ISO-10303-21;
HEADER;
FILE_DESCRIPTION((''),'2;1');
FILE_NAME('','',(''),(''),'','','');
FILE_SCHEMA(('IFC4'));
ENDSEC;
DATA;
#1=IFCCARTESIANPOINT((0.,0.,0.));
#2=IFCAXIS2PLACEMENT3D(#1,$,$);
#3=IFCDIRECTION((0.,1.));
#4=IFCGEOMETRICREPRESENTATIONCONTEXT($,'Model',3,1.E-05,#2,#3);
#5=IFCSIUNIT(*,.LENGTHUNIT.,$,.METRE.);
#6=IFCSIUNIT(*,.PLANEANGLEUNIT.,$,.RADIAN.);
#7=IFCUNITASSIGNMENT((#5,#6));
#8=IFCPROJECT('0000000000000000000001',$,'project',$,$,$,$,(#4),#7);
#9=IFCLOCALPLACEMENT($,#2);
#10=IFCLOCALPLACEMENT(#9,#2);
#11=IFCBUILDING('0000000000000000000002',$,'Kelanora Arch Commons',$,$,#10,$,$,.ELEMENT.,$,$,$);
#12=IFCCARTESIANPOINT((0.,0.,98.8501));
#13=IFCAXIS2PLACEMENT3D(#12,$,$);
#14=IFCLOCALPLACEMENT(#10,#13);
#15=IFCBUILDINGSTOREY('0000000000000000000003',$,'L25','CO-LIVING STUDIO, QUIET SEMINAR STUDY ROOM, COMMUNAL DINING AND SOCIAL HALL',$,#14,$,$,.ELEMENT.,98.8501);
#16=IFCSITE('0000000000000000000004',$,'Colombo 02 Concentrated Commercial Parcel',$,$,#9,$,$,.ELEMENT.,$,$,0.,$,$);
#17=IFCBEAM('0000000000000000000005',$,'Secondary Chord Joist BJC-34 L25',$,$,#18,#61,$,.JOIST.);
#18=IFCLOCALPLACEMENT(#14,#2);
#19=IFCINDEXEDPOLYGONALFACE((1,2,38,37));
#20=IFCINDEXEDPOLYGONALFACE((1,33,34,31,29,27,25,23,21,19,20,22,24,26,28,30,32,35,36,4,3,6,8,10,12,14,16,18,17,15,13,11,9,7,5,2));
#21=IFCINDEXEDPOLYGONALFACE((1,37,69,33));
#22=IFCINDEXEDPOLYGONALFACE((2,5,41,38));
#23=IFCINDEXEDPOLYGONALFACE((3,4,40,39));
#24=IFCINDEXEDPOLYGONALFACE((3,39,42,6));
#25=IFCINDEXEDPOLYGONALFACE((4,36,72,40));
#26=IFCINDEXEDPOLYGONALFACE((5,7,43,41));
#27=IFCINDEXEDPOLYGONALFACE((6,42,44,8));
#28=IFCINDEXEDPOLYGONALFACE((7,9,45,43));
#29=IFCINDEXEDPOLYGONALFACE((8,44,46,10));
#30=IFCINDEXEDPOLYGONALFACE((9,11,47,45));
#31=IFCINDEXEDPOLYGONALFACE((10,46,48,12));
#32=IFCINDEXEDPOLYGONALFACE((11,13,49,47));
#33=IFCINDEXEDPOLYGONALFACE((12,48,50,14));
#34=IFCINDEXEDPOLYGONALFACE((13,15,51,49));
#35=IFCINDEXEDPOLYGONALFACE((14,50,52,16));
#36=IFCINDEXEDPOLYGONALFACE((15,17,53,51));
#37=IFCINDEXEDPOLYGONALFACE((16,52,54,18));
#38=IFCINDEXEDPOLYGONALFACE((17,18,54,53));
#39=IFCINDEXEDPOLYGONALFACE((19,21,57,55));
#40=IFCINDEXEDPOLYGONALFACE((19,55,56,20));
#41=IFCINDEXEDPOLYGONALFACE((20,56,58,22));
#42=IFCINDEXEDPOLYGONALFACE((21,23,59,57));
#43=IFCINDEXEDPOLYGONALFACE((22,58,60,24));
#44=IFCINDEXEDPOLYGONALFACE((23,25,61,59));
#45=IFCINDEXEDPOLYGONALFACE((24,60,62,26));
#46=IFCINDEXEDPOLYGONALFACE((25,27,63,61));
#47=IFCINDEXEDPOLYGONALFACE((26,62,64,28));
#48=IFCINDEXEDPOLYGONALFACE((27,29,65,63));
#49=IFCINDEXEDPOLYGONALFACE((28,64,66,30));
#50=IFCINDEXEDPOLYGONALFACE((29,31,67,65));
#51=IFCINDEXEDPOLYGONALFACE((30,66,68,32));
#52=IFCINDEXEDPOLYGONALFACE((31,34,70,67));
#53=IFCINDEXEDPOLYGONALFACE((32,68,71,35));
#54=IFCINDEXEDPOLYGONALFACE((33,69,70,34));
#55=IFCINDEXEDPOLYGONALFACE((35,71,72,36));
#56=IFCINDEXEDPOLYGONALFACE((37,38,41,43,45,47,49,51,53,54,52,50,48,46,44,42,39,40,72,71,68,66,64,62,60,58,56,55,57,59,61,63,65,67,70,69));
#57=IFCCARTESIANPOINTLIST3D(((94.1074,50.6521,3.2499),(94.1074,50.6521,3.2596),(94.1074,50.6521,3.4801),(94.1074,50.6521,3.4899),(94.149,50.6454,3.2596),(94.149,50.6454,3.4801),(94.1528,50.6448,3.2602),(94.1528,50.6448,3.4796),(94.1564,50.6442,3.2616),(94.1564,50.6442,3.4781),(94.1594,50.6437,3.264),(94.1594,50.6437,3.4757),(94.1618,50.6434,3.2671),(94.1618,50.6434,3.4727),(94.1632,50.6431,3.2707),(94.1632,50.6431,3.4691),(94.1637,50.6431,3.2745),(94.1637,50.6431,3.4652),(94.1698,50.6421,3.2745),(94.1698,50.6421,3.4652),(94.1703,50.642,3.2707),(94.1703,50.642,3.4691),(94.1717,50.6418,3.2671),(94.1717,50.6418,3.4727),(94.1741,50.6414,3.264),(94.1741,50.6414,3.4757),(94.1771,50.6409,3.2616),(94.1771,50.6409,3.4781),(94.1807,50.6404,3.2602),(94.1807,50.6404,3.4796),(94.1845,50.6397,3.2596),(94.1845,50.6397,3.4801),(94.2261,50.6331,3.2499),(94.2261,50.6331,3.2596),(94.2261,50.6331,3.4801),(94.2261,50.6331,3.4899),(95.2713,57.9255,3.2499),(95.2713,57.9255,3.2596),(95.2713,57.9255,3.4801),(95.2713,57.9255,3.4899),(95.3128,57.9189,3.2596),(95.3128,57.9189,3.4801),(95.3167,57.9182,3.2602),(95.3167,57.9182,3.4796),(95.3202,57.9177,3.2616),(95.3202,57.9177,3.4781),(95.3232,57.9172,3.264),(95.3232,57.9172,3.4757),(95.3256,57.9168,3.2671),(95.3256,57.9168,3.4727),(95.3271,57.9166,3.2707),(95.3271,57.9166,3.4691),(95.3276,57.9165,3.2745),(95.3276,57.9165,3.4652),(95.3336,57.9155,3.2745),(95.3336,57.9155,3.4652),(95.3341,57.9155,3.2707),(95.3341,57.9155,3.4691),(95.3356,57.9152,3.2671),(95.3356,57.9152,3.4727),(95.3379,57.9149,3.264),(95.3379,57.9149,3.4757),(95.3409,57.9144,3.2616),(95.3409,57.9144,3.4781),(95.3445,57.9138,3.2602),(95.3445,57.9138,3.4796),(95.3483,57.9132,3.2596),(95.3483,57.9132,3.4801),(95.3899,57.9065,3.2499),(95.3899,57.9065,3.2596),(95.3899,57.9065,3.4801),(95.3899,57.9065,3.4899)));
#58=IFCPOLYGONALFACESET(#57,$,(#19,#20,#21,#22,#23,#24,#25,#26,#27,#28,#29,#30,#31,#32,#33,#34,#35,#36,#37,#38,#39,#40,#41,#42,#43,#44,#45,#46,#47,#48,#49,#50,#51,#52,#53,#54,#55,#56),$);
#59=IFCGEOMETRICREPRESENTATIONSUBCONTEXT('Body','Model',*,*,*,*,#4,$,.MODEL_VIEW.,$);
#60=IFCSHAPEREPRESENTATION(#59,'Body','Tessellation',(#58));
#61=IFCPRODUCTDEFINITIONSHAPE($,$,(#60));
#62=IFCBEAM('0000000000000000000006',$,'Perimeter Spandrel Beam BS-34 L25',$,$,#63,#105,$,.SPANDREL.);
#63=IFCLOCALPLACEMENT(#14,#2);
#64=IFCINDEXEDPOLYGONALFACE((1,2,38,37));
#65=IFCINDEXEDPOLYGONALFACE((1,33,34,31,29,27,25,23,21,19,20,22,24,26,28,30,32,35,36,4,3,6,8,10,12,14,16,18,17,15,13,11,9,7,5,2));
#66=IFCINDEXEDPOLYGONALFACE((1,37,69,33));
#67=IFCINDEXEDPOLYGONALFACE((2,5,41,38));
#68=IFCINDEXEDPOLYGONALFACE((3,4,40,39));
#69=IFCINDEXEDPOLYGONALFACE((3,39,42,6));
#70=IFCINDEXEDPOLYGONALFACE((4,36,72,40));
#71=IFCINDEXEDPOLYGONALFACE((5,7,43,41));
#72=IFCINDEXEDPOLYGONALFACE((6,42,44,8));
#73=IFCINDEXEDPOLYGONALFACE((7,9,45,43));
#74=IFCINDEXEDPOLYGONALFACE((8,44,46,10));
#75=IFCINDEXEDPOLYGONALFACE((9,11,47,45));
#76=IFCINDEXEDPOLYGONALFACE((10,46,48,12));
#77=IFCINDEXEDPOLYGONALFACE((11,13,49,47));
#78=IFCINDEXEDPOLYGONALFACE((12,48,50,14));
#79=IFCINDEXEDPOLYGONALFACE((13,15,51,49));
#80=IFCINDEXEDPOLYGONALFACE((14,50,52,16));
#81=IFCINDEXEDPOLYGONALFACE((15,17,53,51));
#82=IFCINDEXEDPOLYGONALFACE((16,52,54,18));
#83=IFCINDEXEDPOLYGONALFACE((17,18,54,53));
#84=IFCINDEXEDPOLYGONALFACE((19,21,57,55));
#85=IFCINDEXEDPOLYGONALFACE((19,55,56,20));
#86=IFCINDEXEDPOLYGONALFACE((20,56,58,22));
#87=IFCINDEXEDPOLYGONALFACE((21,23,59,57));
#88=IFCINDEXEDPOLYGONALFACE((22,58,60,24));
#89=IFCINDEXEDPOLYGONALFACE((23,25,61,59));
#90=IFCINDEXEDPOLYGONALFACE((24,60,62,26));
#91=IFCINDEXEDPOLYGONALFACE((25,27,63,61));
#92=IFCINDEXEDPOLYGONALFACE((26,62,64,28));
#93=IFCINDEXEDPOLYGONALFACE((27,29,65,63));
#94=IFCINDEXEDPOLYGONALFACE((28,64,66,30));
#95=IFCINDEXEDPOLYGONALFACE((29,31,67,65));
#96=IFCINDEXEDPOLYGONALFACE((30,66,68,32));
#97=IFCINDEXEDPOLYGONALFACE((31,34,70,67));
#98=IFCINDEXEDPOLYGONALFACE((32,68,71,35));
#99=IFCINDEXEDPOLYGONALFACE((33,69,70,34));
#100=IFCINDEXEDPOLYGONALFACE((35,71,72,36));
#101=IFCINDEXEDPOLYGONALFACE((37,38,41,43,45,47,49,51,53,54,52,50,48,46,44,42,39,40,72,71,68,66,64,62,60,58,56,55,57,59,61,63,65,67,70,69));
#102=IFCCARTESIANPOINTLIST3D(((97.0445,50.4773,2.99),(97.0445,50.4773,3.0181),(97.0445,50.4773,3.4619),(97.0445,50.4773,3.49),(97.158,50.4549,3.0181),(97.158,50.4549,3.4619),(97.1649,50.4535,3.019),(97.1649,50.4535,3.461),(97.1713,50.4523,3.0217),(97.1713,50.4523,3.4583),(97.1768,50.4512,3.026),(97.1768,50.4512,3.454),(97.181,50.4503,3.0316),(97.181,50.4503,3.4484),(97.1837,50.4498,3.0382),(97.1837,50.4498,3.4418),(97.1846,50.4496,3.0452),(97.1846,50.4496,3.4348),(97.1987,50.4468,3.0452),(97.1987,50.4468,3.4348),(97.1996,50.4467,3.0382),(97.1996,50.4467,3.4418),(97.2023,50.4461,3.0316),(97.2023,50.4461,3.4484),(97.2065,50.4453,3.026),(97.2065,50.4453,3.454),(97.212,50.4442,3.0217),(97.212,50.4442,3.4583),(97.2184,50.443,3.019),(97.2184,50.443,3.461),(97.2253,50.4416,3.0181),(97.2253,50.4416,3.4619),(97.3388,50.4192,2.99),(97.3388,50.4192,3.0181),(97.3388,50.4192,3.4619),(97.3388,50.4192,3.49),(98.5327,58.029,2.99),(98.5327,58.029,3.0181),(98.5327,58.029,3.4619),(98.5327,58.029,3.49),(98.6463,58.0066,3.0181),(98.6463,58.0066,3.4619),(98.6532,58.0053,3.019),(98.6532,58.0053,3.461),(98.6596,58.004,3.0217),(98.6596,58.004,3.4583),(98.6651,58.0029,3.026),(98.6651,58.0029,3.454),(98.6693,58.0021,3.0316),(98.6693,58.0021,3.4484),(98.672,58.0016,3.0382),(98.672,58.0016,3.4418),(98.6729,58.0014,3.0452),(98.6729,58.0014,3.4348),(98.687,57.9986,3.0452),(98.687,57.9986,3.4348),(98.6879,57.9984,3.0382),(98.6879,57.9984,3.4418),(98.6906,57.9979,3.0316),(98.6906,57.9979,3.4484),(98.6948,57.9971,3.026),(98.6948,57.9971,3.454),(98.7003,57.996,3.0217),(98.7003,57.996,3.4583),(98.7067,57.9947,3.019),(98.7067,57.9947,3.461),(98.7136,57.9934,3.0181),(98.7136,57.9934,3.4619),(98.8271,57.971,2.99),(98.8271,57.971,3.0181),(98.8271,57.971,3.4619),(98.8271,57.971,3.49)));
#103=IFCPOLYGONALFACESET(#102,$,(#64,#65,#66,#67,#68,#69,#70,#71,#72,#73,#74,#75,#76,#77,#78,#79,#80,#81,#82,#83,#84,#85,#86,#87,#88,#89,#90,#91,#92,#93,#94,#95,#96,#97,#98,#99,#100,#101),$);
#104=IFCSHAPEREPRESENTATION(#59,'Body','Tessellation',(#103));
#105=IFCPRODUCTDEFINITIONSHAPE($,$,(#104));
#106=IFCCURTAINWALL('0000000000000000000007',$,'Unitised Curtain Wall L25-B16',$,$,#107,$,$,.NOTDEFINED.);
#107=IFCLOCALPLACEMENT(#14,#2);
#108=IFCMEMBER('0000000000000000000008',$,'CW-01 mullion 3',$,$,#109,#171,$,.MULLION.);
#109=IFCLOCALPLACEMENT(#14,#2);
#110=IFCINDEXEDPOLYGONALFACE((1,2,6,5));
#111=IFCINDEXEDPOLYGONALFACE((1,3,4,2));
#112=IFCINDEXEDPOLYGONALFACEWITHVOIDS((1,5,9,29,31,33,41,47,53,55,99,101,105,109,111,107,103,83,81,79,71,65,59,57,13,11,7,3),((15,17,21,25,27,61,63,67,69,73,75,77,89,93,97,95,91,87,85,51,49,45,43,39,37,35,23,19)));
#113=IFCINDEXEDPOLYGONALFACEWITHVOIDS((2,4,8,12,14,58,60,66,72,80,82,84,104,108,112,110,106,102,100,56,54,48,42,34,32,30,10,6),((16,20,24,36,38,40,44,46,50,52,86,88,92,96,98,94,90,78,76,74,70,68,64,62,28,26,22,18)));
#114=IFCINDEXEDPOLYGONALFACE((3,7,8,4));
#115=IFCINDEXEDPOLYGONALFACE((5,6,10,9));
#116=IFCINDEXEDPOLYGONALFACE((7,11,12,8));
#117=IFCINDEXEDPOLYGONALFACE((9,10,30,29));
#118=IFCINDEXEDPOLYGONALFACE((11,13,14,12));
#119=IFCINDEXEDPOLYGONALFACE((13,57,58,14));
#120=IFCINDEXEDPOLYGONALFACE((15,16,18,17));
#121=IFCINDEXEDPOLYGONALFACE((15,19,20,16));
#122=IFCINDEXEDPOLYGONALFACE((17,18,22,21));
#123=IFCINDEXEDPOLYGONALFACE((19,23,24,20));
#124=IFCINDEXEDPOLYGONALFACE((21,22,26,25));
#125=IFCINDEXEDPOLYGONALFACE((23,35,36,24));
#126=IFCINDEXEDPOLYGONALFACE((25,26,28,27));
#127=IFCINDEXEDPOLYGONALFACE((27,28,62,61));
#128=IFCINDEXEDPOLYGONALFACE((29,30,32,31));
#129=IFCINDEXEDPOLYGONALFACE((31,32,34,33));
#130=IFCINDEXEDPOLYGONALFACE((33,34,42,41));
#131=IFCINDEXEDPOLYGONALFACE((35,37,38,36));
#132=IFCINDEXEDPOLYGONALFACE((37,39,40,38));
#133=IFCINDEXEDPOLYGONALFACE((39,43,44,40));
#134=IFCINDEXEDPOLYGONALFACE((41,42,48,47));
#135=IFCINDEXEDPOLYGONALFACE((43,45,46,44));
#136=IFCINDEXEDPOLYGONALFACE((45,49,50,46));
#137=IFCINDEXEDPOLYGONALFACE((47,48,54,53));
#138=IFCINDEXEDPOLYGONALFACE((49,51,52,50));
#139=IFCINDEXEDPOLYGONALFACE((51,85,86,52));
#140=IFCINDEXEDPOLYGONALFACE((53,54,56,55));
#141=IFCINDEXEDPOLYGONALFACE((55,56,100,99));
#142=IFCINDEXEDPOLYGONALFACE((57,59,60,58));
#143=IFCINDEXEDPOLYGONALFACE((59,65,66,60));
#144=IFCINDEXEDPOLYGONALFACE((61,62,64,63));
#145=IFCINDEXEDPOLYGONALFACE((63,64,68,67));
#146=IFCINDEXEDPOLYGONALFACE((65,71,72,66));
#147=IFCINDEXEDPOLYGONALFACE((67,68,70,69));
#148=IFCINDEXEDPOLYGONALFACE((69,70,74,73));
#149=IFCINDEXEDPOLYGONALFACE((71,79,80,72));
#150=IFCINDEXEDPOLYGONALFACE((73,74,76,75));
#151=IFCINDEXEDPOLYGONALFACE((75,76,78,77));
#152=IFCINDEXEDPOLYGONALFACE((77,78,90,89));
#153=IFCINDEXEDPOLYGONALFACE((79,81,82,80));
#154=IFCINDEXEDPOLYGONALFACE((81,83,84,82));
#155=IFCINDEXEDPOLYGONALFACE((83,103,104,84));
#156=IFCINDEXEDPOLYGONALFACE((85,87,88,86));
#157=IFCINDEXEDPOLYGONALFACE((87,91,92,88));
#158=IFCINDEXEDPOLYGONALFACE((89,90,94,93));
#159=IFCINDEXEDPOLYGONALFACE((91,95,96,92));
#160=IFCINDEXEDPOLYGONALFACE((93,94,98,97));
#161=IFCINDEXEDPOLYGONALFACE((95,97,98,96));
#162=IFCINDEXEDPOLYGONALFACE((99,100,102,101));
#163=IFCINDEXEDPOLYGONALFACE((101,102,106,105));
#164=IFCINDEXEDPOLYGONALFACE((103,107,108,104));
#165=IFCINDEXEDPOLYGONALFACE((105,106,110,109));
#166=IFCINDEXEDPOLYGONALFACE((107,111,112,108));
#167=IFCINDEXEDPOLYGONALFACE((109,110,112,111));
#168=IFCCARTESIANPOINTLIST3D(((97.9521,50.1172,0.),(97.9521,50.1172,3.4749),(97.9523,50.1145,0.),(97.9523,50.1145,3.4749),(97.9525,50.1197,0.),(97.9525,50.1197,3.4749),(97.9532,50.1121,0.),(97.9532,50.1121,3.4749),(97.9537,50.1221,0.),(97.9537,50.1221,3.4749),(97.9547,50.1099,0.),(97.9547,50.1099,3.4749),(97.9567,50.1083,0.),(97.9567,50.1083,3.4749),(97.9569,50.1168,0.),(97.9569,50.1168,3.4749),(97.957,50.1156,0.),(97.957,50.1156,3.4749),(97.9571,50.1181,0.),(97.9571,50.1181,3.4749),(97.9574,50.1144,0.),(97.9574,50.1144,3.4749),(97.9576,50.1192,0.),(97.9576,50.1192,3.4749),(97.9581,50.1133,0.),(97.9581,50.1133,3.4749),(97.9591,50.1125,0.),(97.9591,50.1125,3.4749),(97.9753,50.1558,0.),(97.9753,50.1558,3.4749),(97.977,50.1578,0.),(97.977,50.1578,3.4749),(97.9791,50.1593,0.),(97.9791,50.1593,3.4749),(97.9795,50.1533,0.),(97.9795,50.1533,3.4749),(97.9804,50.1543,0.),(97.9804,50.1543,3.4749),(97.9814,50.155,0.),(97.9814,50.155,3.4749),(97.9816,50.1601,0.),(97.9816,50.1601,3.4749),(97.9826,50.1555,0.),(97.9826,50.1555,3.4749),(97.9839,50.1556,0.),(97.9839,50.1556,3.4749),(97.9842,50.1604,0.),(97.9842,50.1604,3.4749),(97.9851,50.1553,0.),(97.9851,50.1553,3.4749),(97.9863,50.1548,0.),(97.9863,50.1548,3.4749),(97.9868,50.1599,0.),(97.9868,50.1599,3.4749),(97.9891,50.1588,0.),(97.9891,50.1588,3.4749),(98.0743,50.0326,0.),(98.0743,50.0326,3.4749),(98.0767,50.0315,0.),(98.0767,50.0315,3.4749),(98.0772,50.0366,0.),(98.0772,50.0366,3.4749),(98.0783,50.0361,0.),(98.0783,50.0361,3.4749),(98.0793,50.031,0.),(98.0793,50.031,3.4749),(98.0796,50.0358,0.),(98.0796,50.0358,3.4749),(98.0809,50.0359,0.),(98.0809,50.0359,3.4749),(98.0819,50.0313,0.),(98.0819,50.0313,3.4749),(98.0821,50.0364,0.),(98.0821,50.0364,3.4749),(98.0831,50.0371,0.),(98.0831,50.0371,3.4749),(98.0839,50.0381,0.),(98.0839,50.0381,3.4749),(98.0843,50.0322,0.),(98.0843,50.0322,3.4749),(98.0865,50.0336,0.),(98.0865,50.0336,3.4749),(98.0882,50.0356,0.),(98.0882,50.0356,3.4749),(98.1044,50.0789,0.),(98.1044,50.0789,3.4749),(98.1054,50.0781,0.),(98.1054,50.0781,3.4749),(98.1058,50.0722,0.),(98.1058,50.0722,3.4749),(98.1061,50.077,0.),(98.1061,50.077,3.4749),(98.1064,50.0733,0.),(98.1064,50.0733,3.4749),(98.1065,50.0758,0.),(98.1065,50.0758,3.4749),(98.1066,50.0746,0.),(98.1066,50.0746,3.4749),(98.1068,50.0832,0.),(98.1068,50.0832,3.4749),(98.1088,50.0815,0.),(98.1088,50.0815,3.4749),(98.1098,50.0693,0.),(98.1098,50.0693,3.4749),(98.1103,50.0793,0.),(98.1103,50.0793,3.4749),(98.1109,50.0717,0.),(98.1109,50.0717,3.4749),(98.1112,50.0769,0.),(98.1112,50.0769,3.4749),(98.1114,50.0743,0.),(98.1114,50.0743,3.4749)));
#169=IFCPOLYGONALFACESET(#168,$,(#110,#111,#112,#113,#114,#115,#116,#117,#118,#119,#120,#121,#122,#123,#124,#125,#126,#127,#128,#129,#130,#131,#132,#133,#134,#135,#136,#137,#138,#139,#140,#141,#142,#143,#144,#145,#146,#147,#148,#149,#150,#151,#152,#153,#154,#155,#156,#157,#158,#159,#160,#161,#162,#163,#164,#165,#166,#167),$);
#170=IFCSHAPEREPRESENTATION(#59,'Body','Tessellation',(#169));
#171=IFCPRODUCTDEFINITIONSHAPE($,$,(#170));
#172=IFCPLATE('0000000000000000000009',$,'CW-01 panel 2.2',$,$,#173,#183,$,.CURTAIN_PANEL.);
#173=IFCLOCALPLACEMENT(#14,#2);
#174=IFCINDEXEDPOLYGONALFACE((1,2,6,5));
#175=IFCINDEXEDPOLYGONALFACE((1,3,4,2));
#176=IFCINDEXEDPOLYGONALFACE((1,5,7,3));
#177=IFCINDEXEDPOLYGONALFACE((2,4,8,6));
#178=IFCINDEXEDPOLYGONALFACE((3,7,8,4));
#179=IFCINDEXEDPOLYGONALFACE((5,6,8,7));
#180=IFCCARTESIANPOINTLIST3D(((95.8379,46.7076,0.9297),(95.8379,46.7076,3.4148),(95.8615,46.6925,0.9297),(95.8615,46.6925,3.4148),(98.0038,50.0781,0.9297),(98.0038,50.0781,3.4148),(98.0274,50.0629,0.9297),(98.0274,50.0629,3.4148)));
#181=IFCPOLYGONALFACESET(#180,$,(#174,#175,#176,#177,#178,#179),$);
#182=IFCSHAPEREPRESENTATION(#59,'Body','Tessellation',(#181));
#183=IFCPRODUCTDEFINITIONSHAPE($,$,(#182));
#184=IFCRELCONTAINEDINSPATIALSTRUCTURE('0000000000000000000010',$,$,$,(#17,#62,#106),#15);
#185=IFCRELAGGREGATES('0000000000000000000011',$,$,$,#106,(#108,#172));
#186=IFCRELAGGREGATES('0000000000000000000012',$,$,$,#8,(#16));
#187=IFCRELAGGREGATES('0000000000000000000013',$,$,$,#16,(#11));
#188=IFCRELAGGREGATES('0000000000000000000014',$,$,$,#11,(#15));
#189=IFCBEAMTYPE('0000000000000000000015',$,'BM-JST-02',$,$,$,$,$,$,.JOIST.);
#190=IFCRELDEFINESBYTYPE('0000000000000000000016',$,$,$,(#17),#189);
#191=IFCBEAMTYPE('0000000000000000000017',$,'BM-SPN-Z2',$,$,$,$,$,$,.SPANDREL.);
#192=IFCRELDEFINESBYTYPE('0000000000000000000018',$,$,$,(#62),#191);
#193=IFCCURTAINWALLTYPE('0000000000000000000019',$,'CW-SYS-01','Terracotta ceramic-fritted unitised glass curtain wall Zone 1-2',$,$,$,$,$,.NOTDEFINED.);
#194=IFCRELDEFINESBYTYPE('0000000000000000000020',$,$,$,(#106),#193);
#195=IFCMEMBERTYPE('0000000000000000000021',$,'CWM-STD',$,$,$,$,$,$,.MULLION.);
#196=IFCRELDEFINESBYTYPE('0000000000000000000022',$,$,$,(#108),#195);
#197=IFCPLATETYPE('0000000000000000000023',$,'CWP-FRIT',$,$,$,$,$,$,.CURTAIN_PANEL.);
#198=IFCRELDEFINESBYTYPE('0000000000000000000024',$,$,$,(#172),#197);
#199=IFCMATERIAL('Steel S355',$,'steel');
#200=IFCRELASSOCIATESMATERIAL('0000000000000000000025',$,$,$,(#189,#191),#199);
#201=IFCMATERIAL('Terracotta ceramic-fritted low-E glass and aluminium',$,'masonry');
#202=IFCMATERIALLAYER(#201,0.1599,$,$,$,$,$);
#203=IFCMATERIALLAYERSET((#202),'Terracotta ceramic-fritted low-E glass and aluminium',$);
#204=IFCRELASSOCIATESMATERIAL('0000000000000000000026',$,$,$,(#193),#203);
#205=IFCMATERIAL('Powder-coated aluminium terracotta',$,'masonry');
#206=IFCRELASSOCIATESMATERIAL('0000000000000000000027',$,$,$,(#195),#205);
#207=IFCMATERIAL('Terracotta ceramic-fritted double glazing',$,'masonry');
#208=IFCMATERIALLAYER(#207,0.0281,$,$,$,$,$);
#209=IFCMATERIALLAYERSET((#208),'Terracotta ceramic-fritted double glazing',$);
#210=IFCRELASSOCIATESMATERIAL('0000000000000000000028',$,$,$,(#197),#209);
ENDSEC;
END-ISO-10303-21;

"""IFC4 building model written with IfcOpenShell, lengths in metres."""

from ifc_helpers import new_model, si_unit, direction, frame, origin, origin_2d, place, context, subcontext, project, spatial, rectangle, hollow_rectangle, i_section, extrude, source, transform, mapped, material, layer, layer_set, material_profile, profile_set, type_object, element, aggregate, save


model = new_model("IFC4")

# Units and contexts
model_context = context("Model", 3, precision=1e-05, world=origin(), true_north=direction((0.0, 1.0)))
body_context = subcontext(model_context, "Body", "Model", "MODEL_VIEW")
ifc_project = project(units=[si_unit("LENGTHUNIT", "METRE"), si_unit("PLANEANGLEUNIT", "RADIAN")], contexts=[model_context])

# Site, building, storey
site_placement = place(None, origin())
site = spatial("IfcSite", under=ifc_project, at=site_placement, Name="Colombo 02 Concentrated Commercial Parcel", CompositionType="ELEMENT", RefElevation=0.0)
building_placement = place(site_placement, origin())
building = spatial("IfcBuilding", under=site, at=building_placement, Name="Kelanora Arch Commons", CompositionType="ELEMENT")
storey_placement = place(building_placement, frame((0.0, 0.0, 98.8501)))
storey = spatial("IfcBuildingStorey", under=building, at=storey_placement, Name="L25", Description="CO-LIVING STUDIO, QUIET SEMINAR STUDY ROOM, COMMUNAL DINING AND SOCIAL HALL", CompositionType="ELEMENT", Elevation=98.8501)

# Beams
ifc_material_1 = material(Name="Steel S355", Category="steel")
ifc_material_profile_1 = material_profile(ifc_material_1, i_section(OverallWidth=0.1201, OverallDepth=0.24, WebThickness=0.0061, FlangeThickness=0.0098, FilletRadius=0.0149, at=origin_2d()), Name="IPE240")
ifc_profile_set_1 = profile_set([ifc_material_profile_1], Name="Steel S355")
beam_type_1 = type_object("IfcBeamType", Name="BM-JST-02", PredefinedType="JOIST", material=ifc_profile_set_1)
beam_1_placement = place(storey_placement, frame((94.1667, 50.6426, 3.3699), z_axis=(0.158, 0.987439, 0.0), x_axis=(-0.987439, 0.158, 0.0)))
element("IfcBeam", 1, at=beam_1_placement, inside=storey, type_object=beam_type_1, Name="Secondary Chord Joist BJC-34 L25", PredefinedType="JOIST", context=body_context, shape_type="SweptSolid", body=[
    extrude(i_section(OverallWidth=0.1201, OverallDepth=0.24, WebThickness=0.0061, FlangeThickness=0.0098, FilletRadius=0.0149, at=origin_2d()), origin(), (0.0, 0.0, 1.0), 7.366),
])
ifc_material_profile_2 = material_profile(ifc_material_1, i_section(OverallWidth=0.3, OverallDepth=0.5, WebThickness=0.0144, FlangeThickness=0.0281, FilletRadius=0.0271, at=origin_2d()), Name="HEB500")
ifc_profile_set_2 = profile_set([ifc_material_profile_2], Name="Steel S355")
beam_type_2 = type_object("IfcBeamType", Name="BM-SPN-Z2", PredefinedType="SPANDREL", material=ifc_profile_set_2)
beam_2_placement = place(storey_placement, frame((97.1917, 50.4482, 3.24), z_axis=(0.193358, 0.981128, 0.0), x_axis=(-0.981128, 0.193358, 0.0)))
element("IfcBeam", 2, at=beam_2_placement, inside=storey, type_object=beam_type_2, Name="Perimeter Spandrel Beam BS-34 L25", PredefinedType="SPANDREL", context=body_context, shape_type="SweptSolid", body=[
    extrude(i_section(OverallWidth=0.3, OverallDepth=0.5, WebThickness=0.0144, FlangeThickness=0.0281, FilletRadius=0.0271, at=origin_2d()), origin(), (0.0, 0.0, 1.0), 7.697),
])

# Curtain wall, member, plate
ifc_material_2 = material(Name="Terracotta ceramic-fritted low-E glass and aluminium", Category="masonry")
ifc_layer_1 = layer(ifc_material_2, 0.1599)
ifc_layer_set_1 = layer_set([ifc_layer_1], Name="Terracotta ceramic-fritted low-E glass and aluminium")
curtain_wall_type = type_object("IfcCurtainWallType", Name="CW-SYS-01", Description="Terracotta ceramic-fritted unitised glass curtain wall Zone 1-2", PredefinedType="NOTDEFINED", material=ifc_layer_set_1)
curtain_wall_placement = place(storey_placement, origin())
curtain_wall = element("IfcCurtainWall", 3, at=curtain_wall_placement, inside=storey, type_object=curtain_wall_type, Name="Unitised Curtain Wall L25-B16", PredefinedType="NOTDEFINED")
ifc_material_3 = material(Name="Powder-coated aluminium terracotta", Category="masonry")
ifc_material_profile_3 = material_profile(ifc_material_3, hollow_rectangle(XDim=0.1599, YDim=0.0601, WallThickness=0.0049, InnerFilletRadius=0.0049, OuterFilletRadius=0.01, at=origin_2d()), Name="CWM160x60")
ifc_profile_set_3 = profile_set([ifc_material_profile_3], Name="Powder-coated aluminium terracotta")
member_type = type_object("IfcMemberType", Name="CWM-STD", PredefinedType="MULLION", material=ifc_profile_set_3)
member_placement = place(storey_placement, frame((98.0317, 50.0957, 0.0), z_axis=(0.0, 0.0, 1.0), x_axis=(-0.841269, 0.540617, 0.0)))
member = element("IfcMember", 4, at=member_placement, type_object=member_type, Name="CW-01 mullion 3", PredefinedType="MULLION", context=body_context, shape_type="SweptSolid", body=[
    extrude(hollow_rectangle(XDim=0.1599, YDim=0.0601, WallThickness=0.0049, InnerFilletRadius=0.0049, OuterFilletRadius=0.01, at=origin_2d()), origin(), (0.0, 0.0, 1.0), 3.4749),
])
ifc_material_4 = material(Name="Terracotta ceramic-fritted double glazing", Category="masonry")
ifc_layer_2 = layer(ifc_material_4, 0.0281)
ifc_layer_set_2 = layer_set([ifc_layer_2], Name="Terracotta ceramic-fritted double glazing")
plate_type = type_object("IfcPlateType", Name="CWP-FRIT", PredefinedType="CURTAIN_PANEL", material=ifc_layer_set_2)
shared_shape_1 = source(origin(), body_context, "Body", "SweptSolid", [
    extrude(rectangle(XDim=4.0063, YDim=0.0281, at=origin_2d()), origin(), (0.0, 0.0, 1.0), 2.4851),
])
plate_placement = place(storey_placement, frame((96.9326, 48.3853, 0.9297), z_axis=(0.0, 0.0, 1.0), x_axis=(0.540617, 0.841269, 0.0)))
plate = element("IfcPlate", 5, at=plate_placement, type_object=plate_type, Name="CW-01 panel 2.2", PredefinedType="CURTAIN_PANEL", context=body_context, shape_type="MappedRepresentation", body=[
    mapped(shared_shape_1, transform((0.0, 0.0, 0.0), scale=1.0)),
])
aggregate(curtain_wall, [member, plate])

save(model, "model.ifc")
